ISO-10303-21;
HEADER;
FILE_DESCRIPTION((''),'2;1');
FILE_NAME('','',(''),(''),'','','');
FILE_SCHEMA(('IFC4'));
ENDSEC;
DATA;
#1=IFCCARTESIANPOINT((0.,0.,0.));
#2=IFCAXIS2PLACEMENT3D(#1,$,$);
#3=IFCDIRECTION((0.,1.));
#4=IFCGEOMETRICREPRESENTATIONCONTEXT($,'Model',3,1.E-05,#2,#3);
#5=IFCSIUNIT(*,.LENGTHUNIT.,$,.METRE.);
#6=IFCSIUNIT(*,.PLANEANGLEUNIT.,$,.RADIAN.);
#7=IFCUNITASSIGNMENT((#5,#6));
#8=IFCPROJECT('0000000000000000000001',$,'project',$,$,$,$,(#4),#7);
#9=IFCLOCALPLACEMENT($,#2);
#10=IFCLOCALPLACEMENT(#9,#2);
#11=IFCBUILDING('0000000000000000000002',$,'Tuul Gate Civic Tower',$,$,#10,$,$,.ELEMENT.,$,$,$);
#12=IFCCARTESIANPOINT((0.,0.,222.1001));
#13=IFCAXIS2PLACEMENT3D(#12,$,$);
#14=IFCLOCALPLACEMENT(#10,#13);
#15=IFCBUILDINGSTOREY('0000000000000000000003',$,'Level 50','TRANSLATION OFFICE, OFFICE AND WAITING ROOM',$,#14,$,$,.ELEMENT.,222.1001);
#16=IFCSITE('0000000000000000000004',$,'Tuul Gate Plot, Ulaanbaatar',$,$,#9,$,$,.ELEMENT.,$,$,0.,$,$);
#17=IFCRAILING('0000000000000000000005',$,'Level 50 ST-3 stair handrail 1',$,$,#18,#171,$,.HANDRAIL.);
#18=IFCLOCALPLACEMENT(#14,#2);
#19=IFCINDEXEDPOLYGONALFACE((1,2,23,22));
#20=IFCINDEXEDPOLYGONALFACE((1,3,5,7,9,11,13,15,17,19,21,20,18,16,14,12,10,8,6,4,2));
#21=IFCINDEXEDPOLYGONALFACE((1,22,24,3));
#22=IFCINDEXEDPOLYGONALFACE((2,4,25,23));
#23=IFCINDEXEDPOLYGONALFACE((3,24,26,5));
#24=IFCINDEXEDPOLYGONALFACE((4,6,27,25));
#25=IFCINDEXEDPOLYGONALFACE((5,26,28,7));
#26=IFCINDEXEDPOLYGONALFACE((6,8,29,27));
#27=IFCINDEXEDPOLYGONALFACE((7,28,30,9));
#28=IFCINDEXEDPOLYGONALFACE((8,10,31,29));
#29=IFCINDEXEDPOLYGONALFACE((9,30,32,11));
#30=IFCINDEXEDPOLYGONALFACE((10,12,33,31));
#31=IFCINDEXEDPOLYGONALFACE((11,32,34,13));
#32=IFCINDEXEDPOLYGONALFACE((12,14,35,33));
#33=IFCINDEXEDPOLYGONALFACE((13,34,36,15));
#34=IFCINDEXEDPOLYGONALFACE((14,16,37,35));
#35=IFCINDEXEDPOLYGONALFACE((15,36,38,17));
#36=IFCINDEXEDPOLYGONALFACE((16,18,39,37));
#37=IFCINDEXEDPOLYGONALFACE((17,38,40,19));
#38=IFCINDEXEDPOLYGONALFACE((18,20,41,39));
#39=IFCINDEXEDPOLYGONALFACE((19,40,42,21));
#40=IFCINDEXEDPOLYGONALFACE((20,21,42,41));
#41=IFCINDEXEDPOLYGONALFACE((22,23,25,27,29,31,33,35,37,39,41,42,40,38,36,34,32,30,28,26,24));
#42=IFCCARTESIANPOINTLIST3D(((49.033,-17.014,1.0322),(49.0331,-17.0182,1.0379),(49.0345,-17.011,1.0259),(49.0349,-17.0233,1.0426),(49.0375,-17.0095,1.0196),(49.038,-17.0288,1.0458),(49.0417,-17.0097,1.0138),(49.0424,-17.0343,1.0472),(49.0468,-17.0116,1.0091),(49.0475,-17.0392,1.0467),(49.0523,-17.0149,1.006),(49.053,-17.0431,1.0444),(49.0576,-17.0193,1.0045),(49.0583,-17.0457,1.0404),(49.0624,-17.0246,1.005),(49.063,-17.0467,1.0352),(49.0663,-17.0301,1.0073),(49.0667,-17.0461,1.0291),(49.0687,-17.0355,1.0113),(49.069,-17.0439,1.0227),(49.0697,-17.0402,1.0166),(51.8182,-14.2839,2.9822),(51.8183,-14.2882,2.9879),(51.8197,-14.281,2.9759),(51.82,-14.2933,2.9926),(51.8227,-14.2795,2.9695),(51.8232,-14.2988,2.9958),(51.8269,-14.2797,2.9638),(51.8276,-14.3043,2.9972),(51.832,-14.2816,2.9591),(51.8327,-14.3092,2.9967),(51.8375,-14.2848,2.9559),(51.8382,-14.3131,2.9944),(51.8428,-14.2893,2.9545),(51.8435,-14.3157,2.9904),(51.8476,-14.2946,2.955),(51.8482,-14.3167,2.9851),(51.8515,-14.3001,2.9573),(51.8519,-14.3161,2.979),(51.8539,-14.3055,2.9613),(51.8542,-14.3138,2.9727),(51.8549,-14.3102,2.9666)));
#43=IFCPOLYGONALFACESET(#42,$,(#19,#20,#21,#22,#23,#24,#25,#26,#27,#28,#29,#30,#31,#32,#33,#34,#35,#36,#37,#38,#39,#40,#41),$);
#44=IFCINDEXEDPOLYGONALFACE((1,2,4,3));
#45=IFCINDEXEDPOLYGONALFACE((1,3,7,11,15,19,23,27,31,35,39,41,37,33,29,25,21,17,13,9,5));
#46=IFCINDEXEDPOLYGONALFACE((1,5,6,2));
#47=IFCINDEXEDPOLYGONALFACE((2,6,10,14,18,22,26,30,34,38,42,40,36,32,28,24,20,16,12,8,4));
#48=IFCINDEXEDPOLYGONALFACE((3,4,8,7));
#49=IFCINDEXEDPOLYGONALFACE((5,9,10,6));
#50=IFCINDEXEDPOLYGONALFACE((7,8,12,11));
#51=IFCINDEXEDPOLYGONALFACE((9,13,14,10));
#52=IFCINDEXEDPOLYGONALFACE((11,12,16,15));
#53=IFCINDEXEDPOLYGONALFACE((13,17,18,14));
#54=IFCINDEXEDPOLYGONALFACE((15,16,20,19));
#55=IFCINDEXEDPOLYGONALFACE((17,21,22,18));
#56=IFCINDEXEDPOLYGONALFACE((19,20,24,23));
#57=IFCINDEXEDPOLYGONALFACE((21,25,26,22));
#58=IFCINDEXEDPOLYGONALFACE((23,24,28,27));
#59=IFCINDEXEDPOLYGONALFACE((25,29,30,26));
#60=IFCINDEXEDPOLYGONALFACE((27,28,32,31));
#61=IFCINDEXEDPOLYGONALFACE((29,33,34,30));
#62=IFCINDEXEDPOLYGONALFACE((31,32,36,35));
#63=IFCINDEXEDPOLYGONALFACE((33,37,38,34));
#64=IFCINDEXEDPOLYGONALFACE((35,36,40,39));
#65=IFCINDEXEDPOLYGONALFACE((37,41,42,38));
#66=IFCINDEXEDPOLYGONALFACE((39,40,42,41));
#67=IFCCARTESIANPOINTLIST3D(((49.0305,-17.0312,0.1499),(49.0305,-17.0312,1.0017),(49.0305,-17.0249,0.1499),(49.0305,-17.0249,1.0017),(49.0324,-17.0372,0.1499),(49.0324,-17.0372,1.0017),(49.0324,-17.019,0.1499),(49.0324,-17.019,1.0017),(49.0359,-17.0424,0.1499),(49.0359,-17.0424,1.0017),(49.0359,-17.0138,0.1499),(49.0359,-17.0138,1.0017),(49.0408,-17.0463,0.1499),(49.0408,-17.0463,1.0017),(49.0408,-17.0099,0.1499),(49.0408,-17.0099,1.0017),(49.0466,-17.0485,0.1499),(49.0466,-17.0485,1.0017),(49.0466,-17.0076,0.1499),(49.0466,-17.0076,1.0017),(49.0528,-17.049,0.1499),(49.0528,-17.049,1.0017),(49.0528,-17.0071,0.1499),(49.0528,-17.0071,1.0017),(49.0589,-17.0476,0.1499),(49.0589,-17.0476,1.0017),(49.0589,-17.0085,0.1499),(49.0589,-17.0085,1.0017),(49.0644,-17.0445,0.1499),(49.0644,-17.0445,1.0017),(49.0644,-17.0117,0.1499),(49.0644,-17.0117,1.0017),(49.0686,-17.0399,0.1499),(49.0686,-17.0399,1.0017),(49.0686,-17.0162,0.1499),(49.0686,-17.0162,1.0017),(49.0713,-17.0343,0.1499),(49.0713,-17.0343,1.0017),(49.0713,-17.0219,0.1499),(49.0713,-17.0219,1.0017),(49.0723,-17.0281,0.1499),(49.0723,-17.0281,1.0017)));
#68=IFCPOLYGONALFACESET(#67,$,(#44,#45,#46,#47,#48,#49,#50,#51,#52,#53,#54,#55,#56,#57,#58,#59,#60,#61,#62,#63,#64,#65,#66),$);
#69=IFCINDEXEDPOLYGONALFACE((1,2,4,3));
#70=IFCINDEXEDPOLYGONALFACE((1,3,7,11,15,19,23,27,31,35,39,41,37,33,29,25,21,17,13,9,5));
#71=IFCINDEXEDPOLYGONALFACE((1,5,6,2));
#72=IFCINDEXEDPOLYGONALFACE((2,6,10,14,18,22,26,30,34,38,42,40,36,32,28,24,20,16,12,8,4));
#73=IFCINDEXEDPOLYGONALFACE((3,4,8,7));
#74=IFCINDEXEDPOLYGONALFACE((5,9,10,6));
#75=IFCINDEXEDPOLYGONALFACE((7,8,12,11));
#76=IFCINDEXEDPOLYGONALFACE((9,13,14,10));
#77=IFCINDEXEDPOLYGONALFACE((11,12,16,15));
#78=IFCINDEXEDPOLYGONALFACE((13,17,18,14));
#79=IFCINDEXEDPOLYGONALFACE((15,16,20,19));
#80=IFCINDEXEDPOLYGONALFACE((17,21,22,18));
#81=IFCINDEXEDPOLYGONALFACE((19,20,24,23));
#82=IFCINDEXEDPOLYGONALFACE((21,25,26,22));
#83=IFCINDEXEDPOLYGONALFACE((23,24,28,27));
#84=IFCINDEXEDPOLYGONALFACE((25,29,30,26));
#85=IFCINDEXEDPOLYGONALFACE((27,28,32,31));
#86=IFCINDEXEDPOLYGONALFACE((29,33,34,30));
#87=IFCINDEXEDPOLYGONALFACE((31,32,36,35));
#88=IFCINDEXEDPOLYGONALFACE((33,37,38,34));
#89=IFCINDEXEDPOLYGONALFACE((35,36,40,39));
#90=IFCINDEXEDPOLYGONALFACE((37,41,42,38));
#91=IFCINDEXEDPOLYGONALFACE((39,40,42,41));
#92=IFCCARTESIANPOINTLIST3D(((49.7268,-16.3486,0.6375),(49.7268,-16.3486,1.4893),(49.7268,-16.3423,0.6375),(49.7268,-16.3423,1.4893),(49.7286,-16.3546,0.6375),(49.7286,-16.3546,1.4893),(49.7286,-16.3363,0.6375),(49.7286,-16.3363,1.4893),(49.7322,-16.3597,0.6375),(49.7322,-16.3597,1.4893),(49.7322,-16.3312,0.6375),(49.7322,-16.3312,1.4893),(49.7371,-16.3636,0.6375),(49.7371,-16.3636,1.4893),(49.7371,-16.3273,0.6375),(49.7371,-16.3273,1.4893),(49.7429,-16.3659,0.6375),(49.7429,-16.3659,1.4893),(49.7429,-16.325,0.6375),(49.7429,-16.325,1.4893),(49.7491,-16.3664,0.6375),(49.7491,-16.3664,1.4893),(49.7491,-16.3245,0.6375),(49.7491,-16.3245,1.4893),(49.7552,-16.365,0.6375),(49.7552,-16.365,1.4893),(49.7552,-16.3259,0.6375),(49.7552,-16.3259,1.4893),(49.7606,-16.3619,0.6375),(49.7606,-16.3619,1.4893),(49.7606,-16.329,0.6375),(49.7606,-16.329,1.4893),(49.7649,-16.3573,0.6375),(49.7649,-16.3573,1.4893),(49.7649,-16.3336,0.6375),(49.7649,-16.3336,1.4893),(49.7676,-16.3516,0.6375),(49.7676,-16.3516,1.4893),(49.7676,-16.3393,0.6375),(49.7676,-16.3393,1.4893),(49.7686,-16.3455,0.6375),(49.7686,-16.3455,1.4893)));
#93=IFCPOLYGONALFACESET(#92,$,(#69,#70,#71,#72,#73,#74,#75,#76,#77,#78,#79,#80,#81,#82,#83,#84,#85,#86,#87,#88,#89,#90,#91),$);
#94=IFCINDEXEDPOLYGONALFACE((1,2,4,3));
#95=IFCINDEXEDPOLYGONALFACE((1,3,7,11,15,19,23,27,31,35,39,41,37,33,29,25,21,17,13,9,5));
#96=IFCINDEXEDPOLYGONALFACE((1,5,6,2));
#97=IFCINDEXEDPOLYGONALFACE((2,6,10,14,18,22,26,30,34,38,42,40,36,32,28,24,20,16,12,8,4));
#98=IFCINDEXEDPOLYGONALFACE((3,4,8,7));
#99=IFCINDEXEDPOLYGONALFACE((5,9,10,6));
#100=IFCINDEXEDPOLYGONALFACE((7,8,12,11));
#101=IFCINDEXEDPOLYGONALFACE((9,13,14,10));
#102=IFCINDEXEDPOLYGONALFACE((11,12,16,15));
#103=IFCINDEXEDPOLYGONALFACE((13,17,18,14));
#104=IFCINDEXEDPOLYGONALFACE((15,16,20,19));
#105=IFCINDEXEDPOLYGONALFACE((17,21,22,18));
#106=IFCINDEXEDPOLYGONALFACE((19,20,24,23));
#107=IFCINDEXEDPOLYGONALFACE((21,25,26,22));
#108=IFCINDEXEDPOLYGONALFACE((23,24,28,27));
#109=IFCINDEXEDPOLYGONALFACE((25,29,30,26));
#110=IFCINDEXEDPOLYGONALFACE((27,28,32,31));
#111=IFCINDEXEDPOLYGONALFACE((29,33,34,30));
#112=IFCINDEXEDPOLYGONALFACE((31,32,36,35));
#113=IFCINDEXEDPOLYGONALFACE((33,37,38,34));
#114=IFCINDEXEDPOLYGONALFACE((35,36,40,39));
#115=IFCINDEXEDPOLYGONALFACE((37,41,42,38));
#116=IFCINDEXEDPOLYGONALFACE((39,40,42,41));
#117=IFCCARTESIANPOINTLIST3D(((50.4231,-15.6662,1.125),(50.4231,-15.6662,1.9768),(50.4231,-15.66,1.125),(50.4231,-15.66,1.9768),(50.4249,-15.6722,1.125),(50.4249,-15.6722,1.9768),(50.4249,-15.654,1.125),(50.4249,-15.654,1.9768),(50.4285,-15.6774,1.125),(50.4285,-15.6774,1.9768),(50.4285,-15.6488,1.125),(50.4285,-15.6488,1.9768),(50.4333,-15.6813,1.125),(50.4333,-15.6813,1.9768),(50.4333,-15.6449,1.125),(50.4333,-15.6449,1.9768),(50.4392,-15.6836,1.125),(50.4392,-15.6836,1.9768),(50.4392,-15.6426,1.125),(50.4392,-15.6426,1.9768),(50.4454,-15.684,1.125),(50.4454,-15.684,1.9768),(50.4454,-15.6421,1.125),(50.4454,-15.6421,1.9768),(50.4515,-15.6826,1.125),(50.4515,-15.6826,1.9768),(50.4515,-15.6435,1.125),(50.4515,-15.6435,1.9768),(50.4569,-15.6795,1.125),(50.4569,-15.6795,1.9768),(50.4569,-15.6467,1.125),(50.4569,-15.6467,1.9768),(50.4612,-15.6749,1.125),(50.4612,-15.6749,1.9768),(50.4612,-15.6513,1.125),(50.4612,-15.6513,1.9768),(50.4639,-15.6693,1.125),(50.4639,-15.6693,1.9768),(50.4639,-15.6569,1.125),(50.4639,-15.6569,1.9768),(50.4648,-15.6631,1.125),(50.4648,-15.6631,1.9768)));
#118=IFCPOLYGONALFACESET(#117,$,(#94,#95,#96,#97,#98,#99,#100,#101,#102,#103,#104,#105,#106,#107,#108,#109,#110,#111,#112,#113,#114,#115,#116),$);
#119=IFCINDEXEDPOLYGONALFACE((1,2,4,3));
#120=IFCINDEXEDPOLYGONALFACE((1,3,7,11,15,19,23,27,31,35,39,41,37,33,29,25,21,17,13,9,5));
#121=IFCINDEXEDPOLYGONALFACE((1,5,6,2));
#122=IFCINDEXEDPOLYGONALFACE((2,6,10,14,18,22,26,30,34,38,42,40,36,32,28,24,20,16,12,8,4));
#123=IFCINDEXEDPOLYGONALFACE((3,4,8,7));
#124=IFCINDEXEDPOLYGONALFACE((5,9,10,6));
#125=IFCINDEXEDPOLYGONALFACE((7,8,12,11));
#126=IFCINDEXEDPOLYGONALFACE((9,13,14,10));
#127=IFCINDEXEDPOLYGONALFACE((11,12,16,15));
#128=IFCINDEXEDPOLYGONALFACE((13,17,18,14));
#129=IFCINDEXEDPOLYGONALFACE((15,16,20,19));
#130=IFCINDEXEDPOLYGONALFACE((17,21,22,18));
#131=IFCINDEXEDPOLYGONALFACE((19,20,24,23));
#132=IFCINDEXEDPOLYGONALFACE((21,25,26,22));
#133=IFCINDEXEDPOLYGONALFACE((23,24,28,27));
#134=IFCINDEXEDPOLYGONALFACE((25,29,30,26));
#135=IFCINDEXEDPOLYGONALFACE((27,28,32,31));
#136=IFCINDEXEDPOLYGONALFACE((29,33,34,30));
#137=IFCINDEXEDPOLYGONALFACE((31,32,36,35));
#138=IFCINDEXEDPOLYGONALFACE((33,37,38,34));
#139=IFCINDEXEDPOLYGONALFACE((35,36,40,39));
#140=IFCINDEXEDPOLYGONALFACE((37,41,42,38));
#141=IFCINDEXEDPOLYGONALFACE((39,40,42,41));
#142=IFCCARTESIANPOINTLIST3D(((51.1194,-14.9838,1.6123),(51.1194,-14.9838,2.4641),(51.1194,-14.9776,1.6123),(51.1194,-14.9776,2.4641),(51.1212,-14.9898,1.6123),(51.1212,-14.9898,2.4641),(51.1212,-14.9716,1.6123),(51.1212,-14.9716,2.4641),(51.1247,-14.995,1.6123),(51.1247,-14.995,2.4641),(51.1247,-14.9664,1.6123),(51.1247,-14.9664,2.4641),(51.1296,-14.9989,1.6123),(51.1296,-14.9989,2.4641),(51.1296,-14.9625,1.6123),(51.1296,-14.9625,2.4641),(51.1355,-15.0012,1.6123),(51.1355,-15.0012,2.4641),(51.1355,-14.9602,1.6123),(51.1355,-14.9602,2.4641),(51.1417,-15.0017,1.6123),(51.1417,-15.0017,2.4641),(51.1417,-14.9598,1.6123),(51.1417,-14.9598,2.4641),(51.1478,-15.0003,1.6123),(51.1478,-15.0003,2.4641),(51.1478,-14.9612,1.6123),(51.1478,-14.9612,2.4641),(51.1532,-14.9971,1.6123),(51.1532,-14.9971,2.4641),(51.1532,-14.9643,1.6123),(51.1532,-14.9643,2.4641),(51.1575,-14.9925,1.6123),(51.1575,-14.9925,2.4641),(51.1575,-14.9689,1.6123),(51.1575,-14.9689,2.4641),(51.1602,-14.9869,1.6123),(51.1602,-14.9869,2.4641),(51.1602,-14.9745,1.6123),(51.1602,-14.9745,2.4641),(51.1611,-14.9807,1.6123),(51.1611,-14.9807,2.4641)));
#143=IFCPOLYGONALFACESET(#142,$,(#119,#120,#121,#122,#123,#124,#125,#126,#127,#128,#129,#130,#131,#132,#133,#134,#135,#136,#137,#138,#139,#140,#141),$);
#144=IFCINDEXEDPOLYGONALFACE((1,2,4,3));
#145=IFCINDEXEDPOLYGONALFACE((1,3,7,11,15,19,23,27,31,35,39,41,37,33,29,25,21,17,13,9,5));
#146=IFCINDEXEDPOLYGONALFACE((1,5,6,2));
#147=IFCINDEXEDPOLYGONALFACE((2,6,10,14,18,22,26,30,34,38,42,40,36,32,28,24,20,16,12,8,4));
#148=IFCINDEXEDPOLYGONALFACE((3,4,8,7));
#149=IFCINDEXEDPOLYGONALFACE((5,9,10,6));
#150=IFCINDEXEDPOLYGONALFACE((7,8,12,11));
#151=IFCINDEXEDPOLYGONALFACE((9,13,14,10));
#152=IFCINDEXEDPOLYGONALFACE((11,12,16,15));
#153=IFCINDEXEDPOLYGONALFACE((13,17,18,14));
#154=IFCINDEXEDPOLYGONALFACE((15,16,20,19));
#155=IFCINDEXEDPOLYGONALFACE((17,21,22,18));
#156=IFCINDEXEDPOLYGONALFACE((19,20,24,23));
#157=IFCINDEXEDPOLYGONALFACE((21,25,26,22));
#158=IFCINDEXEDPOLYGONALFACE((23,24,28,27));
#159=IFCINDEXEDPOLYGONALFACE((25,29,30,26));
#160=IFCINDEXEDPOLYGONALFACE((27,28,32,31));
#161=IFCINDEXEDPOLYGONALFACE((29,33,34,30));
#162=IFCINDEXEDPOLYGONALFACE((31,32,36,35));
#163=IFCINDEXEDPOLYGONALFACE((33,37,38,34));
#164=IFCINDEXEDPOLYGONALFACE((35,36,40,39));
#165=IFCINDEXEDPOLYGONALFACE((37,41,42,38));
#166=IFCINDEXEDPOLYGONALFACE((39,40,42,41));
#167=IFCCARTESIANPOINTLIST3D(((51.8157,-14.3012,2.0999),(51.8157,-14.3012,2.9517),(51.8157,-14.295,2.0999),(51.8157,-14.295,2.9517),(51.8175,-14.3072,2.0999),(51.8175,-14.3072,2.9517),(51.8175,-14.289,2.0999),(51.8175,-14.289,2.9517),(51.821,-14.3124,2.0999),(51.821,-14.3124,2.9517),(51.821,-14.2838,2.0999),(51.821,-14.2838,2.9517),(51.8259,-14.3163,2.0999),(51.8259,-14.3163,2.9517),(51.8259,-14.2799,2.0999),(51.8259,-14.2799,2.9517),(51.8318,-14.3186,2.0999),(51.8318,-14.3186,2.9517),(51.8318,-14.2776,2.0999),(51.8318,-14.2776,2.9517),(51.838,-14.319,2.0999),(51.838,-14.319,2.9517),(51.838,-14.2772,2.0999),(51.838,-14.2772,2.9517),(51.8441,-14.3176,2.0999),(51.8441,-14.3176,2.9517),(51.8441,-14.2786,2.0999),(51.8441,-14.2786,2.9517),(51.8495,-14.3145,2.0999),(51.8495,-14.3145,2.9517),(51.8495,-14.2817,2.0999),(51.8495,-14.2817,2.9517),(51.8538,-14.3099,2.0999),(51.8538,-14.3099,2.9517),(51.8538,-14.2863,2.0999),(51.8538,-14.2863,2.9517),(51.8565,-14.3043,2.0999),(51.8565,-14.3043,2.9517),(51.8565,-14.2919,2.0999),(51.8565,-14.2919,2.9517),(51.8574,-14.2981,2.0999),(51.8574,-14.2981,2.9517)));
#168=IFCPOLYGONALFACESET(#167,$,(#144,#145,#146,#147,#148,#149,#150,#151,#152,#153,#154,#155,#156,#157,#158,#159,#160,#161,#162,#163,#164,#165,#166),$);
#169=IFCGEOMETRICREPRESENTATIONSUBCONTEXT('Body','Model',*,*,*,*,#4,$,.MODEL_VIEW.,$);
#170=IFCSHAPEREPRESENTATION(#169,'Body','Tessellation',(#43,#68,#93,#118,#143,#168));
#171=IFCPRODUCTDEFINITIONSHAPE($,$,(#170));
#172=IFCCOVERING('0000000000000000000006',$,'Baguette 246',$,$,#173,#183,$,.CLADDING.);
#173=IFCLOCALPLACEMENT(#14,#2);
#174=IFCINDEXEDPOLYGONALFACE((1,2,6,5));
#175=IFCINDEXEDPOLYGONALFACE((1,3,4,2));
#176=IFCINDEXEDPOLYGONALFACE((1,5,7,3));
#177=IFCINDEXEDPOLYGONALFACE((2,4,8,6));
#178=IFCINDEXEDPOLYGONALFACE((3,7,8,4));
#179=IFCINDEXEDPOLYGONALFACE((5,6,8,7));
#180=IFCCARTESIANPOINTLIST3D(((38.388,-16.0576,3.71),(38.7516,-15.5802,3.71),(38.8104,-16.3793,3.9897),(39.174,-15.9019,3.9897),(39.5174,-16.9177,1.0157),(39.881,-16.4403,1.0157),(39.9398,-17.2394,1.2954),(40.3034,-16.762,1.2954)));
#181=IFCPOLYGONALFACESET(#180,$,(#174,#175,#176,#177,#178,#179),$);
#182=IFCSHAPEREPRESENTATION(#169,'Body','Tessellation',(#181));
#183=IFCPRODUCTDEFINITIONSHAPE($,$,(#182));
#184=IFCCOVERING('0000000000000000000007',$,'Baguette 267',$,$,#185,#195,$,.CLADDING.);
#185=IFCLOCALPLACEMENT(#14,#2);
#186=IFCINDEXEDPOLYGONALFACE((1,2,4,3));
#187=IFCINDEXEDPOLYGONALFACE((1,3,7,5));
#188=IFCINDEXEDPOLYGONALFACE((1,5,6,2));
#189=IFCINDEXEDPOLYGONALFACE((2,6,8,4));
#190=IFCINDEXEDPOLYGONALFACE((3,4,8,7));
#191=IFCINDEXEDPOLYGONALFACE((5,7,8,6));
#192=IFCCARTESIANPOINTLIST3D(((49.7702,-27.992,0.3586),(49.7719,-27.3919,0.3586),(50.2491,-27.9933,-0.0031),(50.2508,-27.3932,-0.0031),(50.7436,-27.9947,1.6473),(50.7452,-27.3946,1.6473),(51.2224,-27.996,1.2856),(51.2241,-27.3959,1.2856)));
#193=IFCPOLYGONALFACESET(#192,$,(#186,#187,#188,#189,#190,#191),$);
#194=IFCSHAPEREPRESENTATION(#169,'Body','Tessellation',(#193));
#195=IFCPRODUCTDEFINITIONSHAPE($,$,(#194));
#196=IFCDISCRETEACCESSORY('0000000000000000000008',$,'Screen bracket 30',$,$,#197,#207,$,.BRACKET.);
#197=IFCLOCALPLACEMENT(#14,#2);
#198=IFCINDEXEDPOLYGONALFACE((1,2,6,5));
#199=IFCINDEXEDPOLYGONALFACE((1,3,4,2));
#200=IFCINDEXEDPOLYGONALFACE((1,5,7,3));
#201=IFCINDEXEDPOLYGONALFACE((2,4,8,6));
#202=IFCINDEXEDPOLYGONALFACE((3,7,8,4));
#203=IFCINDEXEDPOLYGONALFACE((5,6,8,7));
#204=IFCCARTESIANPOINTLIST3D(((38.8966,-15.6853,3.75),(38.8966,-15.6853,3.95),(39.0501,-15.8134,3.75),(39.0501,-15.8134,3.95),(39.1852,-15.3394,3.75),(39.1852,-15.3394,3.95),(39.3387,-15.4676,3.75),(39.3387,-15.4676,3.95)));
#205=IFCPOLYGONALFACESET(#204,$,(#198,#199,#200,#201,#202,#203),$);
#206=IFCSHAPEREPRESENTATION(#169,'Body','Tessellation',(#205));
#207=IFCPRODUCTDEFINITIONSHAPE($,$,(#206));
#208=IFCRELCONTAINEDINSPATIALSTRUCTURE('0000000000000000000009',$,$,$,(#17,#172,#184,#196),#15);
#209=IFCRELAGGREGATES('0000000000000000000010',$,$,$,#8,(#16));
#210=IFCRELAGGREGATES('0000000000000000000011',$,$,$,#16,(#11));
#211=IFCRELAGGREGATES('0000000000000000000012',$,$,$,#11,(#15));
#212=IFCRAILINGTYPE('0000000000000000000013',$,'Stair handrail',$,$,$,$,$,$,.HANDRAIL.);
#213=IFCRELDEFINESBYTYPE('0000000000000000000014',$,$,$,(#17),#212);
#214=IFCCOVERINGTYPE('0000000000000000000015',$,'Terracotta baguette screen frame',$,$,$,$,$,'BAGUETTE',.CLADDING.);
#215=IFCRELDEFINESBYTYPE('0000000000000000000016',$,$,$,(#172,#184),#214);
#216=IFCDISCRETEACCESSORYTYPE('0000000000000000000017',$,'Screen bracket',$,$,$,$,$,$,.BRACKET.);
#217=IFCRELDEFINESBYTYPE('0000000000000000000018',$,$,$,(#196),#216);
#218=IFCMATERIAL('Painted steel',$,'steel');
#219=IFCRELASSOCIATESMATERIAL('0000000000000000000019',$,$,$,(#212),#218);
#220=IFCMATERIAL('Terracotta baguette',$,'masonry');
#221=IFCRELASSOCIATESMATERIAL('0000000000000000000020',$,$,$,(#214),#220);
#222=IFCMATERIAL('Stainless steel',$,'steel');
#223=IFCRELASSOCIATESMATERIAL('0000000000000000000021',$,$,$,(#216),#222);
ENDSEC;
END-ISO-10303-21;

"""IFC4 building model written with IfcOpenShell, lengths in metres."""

from ifc_helpers import new_model, si_unit, direction, frame, origin, origin_2d, place, context, subcontext, project, spatial, rectangle, circle, extrude, material, material_profile, profile_set, type_object, element, save


model = new_model("IFC4")

# Units and contexts
model_context = context("Model", 3, precision=1e-05, world=origin(), true_north=direction((0.0, 1.0)))
body_context = subcontext(model_context, "Body", "Model", "MODEL_VIEW")
ifc_project = project(units=[si_unit("LENGTHUNIT", "METRE"), si_unit("PLANEANGLEUNIT", "RADIAN")], contexts=[model_context])

# Site, building, storey
site_placement = place(None, origin())
site = spatial("IfcSite", under=ifc_project, at=site_placement, Name="Tuul Gate Plot, Ulaanbaatar", CompositionType="ELEMENT", RefElevation=0.0)
building_placement = place(site_placement, origin())
building = spatial("IfcBuilding", under=site, at=building_placement, Name="Tuul Gate Civic Tower", CompositionType="ELEMENT")
storey_placement = place(building_placement, frame((0.0, 0.0, 222.1001)))
storey = spatial("IfcBuildingStorey", under=building, at=storey_placement, Name="Level 50", Description="TRANSLATION OFFICE, OFFICE AND WAITING ROOM", CompositionType="ELEMENT", Elevation=222.1001)

# Railing
ifc_material_1 = material(Name="Painted steel", Category="steel")
railing_type_1 = type_object("IfcRailingType", Name="Stair handrail", PredefinedType="HANDRAIL", material=ifc_material_1)
railing_1_placement = place(storey_placement, frame((49.0513, -17.0281, 0.1499)))
element("IfcRailing", 1, at=railing_1_placement, inside=storey, type_object=railing_type_1, Name="Level 50 ST-3 stair handrail 1", PredefinedType="HANDRAIL", context=body_context, shape_type="SweptSolid", body=[
    extrude(circle(Radius=0.0239, at=origin_2d()), frame((0.0, 0.0, 0.876), z_axis=(0.638754, 0.6261, 0.447206), x_axis=(-0.699998, 0.714145, 0.0)), (0.0, 0.0, 1.0), 4.3604),
    extrude(circle(Radius=0.021, at=origin_2d()), origin(), (0.0, 0.0, 1.0), 0.8518),
    extrude(circle(Radius=0.021, at=origin_2d()), frame((0.6963, 0.6826, 0.4875)), (0.0, 0.0, 1.0), 0.8518),
    extrude(circle(Radius=0.021, at=origin_2d()), frame((1.3926, 1.365, 0.9751)), (0.0, 0.0, 1.0), 0.8518),
    extrude(circle(Radius=0.021, at=origin_2d()), frame((2.0889, 2.0474, 1.4624)), (0.0, 0.0, 1.0), 0.8518),
    extrude(circle(Radius=0.021, at=origin_2d()), frame((2.7852, 2.73, 1.95)), (0.0, 0.0, 1.0), 0.8518),
])

# Coverings
ifc_material_2 = material(Name="Terracotta baguette", Category="masonry")
ifc_material_profile_1 = material_profile(ifc_material_2, rectangle(XDim=0.6001, YDim=0.6001, at=origin_2d()), Name="Terracotta baguette screen frame")
ifc_profile_set_1 = profile_set([ifc_material_profile_1], Name="Terracotta baguette")
covering_type = type_object("IfcCoveringType", Name="Terracotta baguette screen frame", ElementType="BAGUETTE", PredefinedType="CLADDING", material=ifc_profile_set_1)
covering_1_placement = place(storey_placement, frame((38.781, -15.9797, 3.8499), z_axis=(0.370847, -0.282424, -0.884709), x_axis=(0.605872, 0.795562, 0.0)))
element("IfcCovering", 2, at=covering_1_placement, inside=storey, type_object=covering_type, Name="Baguette 246", PredefinedType="CLADDING", context=body_context, shape_type="SweptSolid", body=[
    extrude(rectangle(XDim=0.6001, YDim=0.6001, at=origin_2d()), origin(), (0.0, 0.0, 1.0), 3.0454),
])
covering_2_placement = place(storey_placement, frame((50.0105, -27.6926, 0.1777), z_axis=(0.60268, -0.001663, 0.797981), x_axis=(0.002759, 0.999996, 0.0)))
element("IfcCovering", 3, at=covering_2_placement, inside=storey, type_object=covering_type, Name="Baguette 267", PredefinedType="CLADDING", context=body_context, shape_type="SweptSolid", body=[
    extrude(rectangle(XDim=0.6001, YDim=0.6001, at=origin_2d()), origin(), (0.0, 0.0, 1.0), 1.615),
])

# Discrete accessory
ifc_material_3 = material(Name="Stainless steel", Category="steel")
discrete_accessory_type = type_object("IfcDiscreteAccessoryType", Name="Screen bracket", PredefinedType="BRACKET", material=ifc_material_3)
discrete_accessory_placement = place(storey_placement, frame((39.1177, -15.5764, 3.75), z_axis=(0.0, 0.0, 1.0), x_axis=(-0.640746, -0.767753, 0.0)))
element("IfcDiscreteAccessory", 4, at=discrete_accessory_placement, inside=storey, type_object=discrete_accessory_type, Name="Screen bracket 30", PredefinedType="BRACKET", context=body_context, shape_type="SweptSolid", body=[
    extrude(rectangle(XDim=0.4504, YDim=0.2, at=origin_2d()), origin(), (0.0, 0.0, 1.0), 0.2),
])

save(model, "model.ifc")
